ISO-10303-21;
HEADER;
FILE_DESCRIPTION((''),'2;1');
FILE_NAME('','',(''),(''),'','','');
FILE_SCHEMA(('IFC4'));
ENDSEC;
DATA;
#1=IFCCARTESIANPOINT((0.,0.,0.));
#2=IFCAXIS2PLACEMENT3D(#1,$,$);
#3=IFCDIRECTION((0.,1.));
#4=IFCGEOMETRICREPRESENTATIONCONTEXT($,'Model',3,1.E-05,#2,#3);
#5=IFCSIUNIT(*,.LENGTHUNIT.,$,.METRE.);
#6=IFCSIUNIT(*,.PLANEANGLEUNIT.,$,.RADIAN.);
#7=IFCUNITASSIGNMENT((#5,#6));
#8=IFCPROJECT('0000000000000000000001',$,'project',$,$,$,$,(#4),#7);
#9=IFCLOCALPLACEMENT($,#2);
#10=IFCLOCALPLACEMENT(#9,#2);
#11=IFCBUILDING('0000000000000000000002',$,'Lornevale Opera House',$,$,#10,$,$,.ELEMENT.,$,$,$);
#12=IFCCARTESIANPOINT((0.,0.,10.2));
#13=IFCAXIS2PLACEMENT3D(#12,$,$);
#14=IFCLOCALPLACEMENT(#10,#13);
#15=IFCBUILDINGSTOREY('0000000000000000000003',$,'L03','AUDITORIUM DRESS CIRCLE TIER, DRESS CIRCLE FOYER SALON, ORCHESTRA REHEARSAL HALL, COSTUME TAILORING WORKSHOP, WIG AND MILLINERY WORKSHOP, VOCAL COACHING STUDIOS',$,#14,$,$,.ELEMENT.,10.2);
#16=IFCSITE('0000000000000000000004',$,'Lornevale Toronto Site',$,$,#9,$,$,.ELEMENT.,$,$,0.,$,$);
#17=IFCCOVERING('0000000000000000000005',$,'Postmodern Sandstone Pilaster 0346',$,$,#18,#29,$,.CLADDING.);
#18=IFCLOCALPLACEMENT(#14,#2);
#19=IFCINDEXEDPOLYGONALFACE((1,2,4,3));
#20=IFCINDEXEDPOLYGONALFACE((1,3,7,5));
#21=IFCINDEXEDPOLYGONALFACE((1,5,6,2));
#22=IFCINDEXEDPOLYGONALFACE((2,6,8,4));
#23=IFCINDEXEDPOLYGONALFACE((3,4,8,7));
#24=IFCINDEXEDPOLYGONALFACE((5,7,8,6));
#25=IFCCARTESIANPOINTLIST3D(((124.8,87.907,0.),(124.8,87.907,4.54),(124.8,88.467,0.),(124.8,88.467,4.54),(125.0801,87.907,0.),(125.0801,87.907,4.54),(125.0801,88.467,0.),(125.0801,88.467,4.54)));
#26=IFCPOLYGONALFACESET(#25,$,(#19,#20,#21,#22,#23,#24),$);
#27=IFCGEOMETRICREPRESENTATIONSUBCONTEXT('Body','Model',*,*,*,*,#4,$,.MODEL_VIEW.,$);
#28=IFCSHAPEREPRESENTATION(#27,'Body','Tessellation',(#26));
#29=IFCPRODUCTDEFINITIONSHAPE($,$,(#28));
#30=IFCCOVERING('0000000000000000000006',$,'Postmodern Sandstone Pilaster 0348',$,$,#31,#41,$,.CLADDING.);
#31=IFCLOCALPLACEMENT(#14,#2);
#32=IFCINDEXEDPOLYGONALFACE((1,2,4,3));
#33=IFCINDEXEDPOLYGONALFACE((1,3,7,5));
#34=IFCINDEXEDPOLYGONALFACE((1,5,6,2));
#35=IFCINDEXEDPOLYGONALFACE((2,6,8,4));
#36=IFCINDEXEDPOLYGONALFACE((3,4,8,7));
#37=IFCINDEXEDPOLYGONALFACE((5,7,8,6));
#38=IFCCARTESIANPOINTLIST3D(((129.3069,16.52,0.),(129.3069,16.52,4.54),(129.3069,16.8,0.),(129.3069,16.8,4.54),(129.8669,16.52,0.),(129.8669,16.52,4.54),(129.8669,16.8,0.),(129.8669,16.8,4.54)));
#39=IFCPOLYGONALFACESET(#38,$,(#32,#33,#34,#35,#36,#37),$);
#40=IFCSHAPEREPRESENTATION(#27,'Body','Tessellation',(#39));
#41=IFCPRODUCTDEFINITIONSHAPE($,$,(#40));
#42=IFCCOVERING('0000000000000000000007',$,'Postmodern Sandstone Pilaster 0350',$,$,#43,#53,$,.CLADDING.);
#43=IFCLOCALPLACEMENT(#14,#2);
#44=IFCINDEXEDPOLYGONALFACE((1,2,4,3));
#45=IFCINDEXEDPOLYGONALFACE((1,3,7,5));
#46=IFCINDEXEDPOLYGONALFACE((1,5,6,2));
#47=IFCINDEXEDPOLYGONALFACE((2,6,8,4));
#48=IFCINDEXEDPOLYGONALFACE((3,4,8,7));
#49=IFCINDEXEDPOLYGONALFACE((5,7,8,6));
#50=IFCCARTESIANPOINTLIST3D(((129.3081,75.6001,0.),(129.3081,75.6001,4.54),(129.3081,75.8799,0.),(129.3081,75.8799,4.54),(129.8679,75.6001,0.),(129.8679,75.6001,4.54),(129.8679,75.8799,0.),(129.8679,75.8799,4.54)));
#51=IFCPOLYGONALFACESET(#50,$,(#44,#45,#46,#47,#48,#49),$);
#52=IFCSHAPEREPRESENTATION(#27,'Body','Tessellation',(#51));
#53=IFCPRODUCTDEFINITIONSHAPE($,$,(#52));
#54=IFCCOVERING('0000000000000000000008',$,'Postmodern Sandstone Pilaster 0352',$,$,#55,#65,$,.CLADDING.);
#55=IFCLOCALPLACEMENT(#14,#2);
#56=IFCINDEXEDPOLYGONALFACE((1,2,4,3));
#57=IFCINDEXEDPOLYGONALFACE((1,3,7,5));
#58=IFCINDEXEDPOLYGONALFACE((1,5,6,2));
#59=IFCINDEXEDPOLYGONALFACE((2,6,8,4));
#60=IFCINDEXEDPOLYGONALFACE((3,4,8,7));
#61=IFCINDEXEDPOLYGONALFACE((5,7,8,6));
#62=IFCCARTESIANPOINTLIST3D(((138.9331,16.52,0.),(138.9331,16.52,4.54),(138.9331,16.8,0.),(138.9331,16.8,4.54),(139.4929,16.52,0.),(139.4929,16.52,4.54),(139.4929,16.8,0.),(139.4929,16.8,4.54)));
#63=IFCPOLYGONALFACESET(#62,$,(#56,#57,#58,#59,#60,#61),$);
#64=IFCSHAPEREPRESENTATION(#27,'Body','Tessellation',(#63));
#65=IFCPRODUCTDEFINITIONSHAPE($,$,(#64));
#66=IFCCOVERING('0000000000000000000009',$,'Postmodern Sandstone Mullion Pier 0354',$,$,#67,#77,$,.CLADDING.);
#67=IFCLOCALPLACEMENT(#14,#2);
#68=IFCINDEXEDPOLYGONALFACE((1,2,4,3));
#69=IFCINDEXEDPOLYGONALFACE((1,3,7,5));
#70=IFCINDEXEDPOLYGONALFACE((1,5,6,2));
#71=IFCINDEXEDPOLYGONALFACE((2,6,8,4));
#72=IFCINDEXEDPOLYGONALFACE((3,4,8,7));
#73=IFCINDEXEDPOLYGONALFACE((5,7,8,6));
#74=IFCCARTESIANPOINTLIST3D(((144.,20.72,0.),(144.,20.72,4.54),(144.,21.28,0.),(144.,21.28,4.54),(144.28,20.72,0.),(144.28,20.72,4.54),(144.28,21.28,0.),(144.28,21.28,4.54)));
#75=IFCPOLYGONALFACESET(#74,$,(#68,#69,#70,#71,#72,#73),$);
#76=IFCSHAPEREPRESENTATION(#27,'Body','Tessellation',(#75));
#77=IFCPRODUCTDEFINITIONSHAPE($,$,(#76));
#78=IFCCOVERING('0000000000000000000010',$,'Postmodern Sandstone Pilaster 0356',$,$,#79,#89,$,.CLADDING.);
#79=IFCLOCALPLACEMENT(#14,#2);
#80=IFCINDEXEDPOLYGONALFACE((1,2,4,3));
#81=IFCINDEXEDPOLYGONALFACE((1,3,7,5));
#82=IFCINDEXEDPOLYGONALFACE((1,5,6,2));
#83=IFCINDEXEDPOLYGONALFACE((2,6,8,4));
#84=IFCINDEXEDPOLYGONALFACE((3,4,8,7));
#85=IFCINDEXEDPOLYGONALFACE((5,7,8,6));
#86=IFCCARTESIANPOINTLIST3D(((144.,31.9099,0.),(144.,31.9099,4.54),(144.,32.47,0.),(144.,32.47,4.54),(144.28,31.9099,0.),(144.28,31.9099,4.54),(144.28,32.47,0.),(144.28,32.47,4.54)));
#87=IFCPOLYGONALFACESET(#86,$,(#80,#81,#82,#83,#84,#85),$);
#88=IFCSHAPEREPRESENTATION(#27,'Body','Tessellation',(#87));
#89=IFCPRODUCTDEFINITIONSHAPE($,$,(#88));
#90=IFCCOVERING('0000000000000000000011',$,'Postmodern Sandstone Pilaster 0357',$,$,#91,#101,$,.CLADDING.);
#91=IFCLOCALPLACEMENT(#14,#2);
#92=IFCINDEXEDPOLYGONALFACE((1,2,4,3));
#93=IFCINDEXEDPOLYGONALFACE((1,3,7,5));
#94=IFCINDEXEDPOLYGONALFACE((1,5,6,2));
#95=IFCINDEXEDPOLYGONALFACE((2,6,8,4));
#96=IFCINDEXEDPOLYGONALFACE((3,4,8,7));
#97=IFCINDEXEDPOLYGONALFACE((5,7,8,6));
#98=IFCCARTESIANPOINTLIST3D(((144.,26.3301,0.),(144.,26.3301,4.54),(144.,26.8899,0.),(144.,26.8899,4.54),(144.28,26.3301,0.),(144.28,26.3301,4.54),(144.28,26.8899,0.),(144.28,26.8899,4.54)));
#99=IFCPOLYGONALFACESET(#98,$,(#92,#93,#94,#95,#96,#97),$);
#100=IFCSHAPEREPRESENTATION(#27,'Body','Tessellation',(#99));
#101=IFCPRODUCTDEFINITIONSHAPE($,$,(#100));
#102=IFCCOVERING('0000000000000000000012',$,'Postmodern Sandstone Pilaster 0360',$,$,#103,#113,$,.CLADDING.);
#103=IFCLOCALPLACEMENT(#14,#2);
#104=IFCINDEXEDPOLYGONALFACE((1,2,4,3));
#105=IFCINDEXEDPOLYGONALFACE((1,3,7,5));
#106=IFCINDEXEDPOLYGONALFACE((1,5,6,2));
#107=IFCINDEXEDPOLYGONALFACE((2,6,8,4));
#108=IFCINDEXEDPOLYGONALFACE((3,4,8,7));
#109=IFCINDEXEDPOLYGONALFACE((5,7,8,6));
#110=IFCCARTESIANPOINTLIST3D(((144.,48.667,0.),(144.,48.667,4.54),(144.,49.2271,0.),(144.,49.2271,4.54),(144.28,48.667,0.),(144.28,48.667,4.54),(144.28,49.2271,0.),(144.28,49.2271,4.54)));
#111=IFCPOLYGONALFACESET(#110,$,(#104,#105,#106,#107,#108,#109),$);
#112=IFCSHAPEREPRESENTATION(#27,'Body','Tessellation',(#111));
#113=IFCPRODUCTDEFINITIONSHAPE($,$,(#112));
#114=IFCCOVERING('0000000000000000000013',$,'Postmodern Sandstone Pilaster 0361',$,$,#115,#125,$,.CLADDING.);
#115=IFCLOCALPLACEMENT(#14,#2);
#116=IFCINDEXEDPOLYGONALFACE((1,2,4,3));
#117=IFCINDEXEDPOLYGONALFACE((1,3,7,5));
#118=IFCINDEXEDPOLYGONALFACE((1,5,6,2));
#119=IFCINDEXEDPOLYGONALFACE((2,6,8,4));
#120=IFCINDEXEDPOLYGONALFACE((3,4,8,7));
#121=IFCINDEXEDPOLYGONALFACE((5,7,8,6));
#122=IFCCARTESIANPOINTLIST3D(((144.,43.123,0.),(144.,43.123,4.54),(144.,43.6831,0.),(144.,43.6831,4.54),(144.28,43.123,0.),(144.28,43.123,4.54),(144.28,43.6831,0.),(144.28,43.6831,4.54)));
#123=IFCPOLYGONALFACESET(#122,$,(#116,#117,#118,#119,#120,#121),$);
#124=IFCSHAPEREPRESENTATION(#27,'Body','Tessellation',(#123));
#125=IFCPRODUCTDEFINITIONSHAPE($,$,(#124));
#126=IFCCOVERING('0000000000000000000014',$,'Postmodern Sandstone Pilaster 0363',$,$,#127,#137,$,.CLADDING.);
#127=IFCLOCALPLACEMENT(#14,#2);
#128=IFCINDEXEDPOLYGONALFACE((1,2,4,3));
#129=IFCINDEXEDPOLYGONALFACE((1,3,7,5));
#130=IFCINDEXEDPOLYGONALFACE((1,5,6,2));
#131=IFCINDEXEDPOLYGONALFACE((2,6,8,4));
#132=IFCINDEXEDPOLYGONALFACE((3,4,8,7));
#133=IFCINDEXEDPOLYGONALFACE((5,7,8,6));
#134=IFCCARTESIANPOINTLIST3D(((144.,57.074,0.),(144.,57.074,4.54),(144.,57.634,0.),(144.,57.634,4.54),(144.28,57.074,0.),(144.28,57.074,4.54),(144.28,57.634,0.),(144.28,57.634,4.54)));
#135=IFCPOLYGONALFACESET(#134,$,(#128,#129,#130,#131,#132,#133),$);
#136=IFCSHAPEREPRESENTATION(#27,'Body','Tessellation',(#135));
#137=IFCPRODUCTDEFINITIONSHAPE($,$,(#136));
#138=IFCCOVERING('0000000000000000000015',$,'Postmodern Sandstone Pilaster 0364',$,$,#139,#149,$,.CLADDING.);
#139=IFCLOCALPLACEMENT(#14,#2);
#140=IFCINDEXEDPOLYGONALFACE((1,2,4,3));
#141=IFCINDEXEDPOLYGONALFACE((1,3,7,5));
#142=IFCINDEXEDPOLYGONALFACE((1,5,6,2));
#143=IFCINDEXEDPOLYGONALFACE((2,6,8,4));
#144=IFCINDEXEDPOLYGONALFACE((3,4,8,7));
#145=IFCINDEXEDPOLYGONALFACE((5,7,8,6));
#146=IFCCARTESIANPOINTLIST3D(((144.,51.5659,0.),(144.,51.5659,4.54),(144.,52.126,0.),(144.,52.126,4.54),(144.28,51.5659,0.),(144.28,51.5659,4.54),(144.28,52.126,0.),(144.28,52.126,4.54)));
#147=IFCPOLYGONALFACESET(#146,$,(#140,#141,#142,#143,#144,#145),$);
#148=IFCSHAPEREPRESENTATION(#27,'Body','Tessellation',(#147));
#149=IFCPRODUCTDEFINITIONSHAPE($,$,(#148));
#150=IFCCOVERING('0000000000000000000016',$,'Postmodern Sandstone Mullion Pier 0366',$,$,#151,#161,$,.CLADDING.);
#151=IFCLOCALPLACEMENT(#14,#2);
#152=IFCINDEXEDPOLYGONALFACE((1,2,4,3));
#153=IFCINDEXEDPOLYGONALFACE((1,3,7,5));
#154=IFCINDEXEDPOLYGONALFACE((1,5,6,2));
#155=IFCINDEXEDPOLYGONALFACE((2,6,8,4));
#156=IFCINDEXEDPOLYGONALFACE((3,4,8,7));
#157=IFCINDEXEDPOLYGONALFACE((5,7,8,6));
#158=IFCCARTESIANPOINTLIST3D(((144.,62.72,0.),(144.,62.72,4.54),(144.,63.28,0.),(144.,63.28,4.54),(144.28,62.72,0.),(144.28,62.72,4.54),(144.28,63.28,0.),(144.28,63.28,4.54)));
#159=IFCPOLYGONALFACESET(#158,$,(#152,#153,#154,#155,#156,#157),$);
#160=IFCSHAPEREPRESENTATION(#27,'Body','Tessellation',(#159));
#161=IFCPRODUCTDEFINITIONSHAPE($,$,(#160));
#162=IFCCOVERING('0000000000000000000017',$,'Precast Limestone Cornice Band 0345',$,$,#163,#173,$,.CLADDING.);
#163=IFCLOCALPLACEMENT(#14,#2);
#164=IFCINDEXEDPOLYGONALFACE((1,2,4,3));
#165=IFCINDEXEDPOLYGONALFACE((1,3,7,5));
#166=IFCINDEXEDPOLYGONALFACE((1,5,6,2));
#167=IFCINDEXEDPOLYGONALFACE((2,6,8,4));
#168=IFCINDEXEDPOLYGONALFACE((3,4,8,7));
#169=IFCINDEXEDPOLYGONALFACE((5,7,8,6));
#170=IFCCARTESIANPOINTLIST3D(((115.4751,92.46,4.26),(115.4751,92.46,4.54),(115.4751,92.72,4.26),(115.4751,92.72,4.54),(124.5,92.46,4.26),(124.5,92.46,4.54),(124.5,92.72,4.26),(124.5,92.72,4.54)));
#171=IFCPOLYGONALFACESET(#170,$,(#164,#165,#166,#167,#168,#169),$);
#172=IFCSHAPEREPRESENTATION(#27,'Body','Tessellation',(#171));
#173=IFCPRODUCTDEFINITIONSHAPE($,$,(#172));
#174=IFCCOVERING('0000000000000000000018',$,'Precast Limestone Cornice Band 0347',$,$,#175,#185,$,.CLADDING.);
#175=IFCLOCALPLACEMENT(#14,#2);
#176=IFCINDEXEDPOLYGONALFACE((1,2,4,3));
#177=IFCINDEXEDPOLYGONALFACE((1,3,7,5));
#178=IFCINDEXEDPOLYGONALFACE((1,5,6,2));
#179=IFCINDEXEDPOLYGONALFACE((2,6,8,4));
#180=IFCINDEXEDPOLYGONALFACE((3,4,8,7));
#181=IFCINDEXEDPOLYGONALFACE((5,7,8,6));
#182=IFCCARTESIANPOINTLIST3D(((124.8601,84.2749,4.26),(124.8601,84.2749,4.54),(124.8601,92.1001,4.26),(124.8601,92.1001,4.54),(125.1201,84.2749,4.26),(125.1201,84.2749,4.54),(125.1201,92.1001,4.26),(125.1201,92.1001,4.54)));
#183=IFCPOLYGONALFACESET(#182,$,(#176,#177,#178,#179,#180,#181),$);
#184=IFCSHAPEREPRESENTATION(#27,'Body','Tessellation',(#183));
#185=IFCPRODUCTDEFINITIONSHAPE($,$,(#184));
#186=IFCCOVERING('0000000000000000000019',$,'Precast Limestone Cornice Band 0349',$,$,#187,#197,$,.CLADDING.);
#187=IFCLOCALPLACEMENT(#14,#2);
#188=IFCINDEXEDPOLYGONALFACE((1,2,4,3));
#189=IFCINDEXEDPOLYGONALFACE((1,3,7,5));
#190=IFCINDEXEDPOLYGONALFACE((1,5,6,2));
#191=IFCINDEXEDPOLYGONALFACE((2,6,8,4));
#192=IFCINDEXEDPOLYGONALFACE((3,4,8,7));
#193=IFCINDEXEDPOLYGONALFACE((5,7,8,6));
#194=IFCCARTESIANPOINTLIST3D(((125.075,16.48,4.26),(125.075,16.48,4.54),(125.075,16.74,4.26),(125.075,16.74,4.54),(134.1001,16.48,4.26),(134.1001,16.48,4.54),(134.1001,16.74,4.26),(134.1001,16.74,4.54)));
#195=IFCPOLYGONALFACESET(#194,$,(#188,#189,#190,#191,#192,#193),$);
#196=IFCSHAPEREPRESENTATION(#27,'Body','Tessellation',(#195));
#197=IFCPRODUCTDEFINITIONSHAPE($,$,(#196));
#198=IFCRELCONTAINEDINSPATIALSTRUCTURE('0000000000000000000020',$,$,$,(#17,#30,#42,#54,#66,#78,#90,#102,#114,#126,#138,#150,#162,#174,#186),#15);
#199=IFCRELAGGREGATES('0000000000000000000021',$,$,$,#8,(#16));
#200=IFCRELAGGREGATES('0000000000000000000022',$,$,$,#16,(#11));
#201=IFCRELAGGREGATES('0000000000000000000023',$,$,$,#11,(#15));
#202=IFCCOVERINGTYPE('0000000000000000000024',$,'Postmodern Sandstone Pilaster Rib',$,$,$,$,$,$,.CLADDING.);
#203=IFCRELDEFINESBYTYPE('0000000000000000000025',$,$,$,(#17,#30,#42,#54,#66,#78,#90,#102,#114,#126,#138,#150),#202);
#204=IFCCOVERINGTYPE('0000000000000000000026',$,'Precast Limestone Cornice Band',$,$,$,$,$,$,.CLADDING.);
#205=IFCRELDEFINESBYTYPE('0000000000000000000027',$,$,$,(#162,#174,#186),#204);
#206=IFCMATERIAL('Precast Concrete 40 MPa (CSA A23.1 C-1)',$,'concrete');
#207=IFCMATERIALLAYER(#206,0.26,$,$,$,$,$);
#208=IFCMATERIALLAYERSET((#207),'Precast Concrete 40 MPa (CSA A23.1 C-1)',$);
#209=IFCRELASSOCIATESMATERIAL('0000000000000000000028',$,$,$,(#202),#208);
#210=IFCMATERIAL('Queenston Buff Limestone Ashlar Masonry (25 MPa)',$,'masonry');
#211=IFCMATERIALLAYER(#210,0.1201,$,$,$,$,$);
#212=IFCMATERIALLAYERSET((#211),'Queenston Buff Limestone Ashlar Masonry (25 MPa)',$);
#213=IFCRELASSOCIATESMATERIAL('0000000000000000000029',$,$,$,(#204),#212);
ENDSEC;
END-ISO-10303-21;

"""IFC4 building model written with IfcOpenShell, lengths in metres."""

from ifc_helpers import new_model, si_unit, direction, frame, origin, place, context, subcontext, project, spatial, polyline, outline, extrude, material, layer, layer_set, type_object, element, save


model = new_model("IFC4")

# Units and contexts
model_context = context("Model", 3, precision=1e-05, world=origin(), true_north=direction((0.0, 1.0)))
body_context = subcontext(model_context, "Body", "Model", "MODEL_VIEW")
ifc_project = project(units=[si_unit("LENGTHUNIT", "METRE"), si_unit("PLANEANGLEUNIT", "RADIAN")], contexts=[model_context])

# Site, building, storey
site_placement = place(None, origin())
site = spatial("IfcSite", under=ifc_project, at=site_placement, Name="Lornevale Toronto Site", CompositionType="ELEMENT", RefElevation=0.0)
building_placement = place(site_placement, origin())
building = spatial("IfcBuilding", under=site, at=building_placement, Name="Lornevale Opera House", CompositionType="ELEMENT")
storey_placement = place(building_placement, frame((0.0, 0.0, 10.2)))
storey = spatial("IfcBuildingStorey", under=building, at=storey_placement, Name="L03", Description="AUDITORIUM DRESS CIRCLE TIER, DRESS CIRCLE FOYER SALON, ORCHESTRA REHEARSAL HALL, COSTUME TAILORING WORKSHOP, WIG AND MILLINERY WORKSHOP, VOCAL COACHING STUDIOS", CompositionType="ELEMENT", Elevation=10.2)

# Coverings
ifc_material_1 = material(Name="Precast Concrete 40 MPa (CSA A23.1 C-1)", Category="concrete")
ifc_layer_1 = layer(ifc_material_1, 0.26)
ifc_layer_set_1 = layer_set([ifc_layer_1], Name="Precast Concrete 40 MPa (CSA A23.1 C-1)")
covering_type_1 = type_object("IfcCoveringType", Name="Postmodern Sandstone Pilaster Rib", PredefinedType="CLADDING", material=ifc_layer_set_1)
covering_1_placement = place(storey_placement, origin())
element("IfcCovering", 1, at=covering_1_placement, inside=storey, type_object=covering_type_1, Name="Postmodern Sandstone Pilaster 0346", PredefinedType="CLADDING", context=body_context, shape_type="SweptSolid", body=[
    extrude(outline(polyline([(124.8, 88.467), (124.8, 87.907), (125.0801, 87.907), (125.0801, 88.467), (124.8, 88.467)])), origin(), (0.0, 0.0, 1.0), 4.54),
])
covering_2_placement = place(storey_placement, origin())
element("IfcCovering", 2, at=covering_2_placement, inside=storey, type_object=covering_type_1, Name="Postmodern Sandstone Pilaster 0348", PredefinedType="CLADDING", context=body_context, shape_type="SweptSolid", body=[
    extrude(outline(polyline([(129.8669, 16.8), (129.3069, 16.8), (129.3069, 16.52), (129.8669, 16.52), (129.8669, 16.8)])), origin(), (0.0, 0.0, 1.0), 4.54),
])
covering_3_placement = place(storey_placement, origin())
element("IfcCovering", 3, at=covering_3_placement, inside=storey, type_object=covering_type_1, Name="Postmodern Sandstone Pilaster 0350", PredefinedType="CLADDING", context=body_context, shape_type="SweptSolid", body=[
    extrude(outline(polyline([(129.3081, 75.6001), (129.8679, 75.6001), (129.8679, 75.8799), (129.3081, 75.8799), (129.3081, 75.6001)])), origin(), (0.0, 0.0, 1.0), 4.54),
])
covering_4_placement = place(storey_placement, origin())
element("IfcCovering", 4, at=covering_4_placement, inside=storey, type_object=covering_type_1, Name="Postmodern Sandstone Pilaster 0352", PredefinedType="CLADDING", context=body_context, shape_type="SweptSolid", body=[
    extrude(outline(polyline([(139.4929, 16.8), (138.9331, 16.8), (138.9331, 16.52), (139.4929, 16.52), (139.4929, 16.8)])), origin(), (0.0, 0.0, 1.0), 4.54),
])
covering_5_placement = place(storey_placement, origin())
element("IfcCovering", 5, at=covering_5_placement, inside=storey, type_object=covering_type_1, Name="Postmodern Sandstone Mullion Pier 0354", PredefinedType="CLADDING", context=body_context, shape_type="SweptSolid", body=[
    extrude(outline(polyline([(144.0, 21.28), (144.0, 20.72), (144.28, 20.72), (144.28, 21.28), (144.0, 21.28)])), origin(), (0.0, 0.0, 1.0), 4.54),
])
covering_6_placement = place(storey_placement, origin())
element("IfcCovering", 6, at=covering_6_placement, inside=storey, type_object=covering_type_1, Name="Postmodern Sandstone Pilaster 0356", PredefinedType="CLADDING", context=body_context, shape_type="SweptSolid", body=[
    extrude(outline(polyline([(144.0, 32.47), (144.0, 31.9099), (144.28, 31.9099), (144.28, 32.47), (144.0, 32.47)])), origin(), (0.0, 0.0, 1.0), 4.54),
])
covering_7_placement = place(storey_placement, origin())
element("IfcCovering", 7, at=covering_7_placement, inside=storey, type_object=covering_type_1, Name="Postmodern Sandstone Pilaster 0357", PredefinedType="CLADDING", context=body_context, shape_type="SweptSolid", body=[
    extrude(outline(polyline([(144.0, 26.8899), (144.0, 26.3301), (144.28, 26.3301), (144.28, 26.8899), (144.0, 26.8899)])), origin(), (0.0, 0.0, 1.0), 4.54),
])
covering_8_placement = place(storey_placement, origin())
element("IfcCovering", 8, at=covering_8_placement, inside=storey, type_object=covering_type_1, Name="Postmodern Sandstone Pilaster 0360", PredefinedType="CLADDING", context=body_context, shape_type="SweptSolid", body=[
    extrude(outline(polyline([(144.0, 49.2271), (144.0, 48.667), (144.28, 48.667), (144.28, 49.2271), (144.0, 49.2271)])), origin(), (0.0, 0.0, 1.0), 4.54),
])
covering_9_placement = place(storey_placement, origin())
element("IfcCovering", 9, at=covering_9_placement, inside=storey, type_object=covering_type_1, Name="Postmodern Sandstone Pilaster 0361", PredefinedType="CLADDING", context=body_context, shape_type="SweptSolid", body=[
    extrude(outline(polyline([(144.0, 43.6831), (144.0, 43.123), (144.28, 43.123), (144.28, 43.6831), (144.0, 43.6831)])), origin(), (0.0, 0.0, 1.0), 4.54),
])
covering_10_placement = place(storey_placement, origin())
element("IfcCovering", 10, at=covering_10_placement, inside=storey, type_object=covering_type_1, Name="Postmodern Sandstone Pilaster 0363", PredefinedType="CLADDING", context=body_context, shape_type="SweptSolid", body=[
    extrude(outline(polyline([(144.0, 57.634), (144.0, 57.074), (144.28, 57.074), (144.28, 57.634), (144.0, 57.634)])), origin(), (0.0, 0.0, 1.0), 4.54),
])
covering_11_placement = place(storey_placement, origin())
element("IfcCovering", 11, at=covering_11_placement, inside=storey, type_object=covering_type_1, Name="Postmodern Sandstone Pilaster 0364", PredefinedType="CLADDING", context=body_context, shape_type="SweptSolid", body=[
    extrude(outline(polyline([(144.0, 52.126), (144.0, 51.5659), (144.28, 51.5659), (144.28, 52.126), (144.0, 52.126)])), origin(), (0.0, 0.0, 1.0), 4.54),
])
covering_12_placement = place(storey_placement, origin())
element("IfcCovering", 12, at=covering_12_placement, inside=storey, type_object=covering_type_1, Name="Postmodern Sandstone Mullion Pier 0366", PredefinedType="CLADDING", context=body_context, shape_type="SweptSolid", body=[
    extrude(outline(polyline([(144.0, 63.28), (144.0, 62.72), (144.28, 62.72), (144.28, 63.28), (144.0, 63.28)])), origin(), (0.0, 0.0, 1.0), 4.54),
])
ifc_material_2 = material(Name="Queenston Buff Limestone Ashlar Masonry (25 MPa)", Category="masonry")
ifc_layer_2 = layer(ifc_material_2, 0.1201)
ifc_layer_set_2 = layer_set([ifc_layer_2], Name="Queenston Buff Limestone Ashlar Masonry (25 MPa)")
covering_type_2 = type_object("IfcCoveringType", Name="Precast Limestone Cornice Band", PredefinedType="CLADDING", material=ifc_layer_set_2)
covering_13_placement = place(storey_placement, frame((0.0, 0.0, 4.26)))
element("IfcCovering", 13, at=covering_13_placement, inside=storey, type_object=covering_type_2, Name="Precast Limestone Cornice Band 0345", PredefinedType="CLADDING", context=body_context, shape_type="SweptSolid", body=[
    extrude(outline(polyline([(115.4751, 92.46), (124.5, 92.46), (124.5, 92.72), (115.4751, 92.72), (115.4751, 92.46)])), origin(), (0.0, 0.0, 1.0), 0.28),
])
covering_14_placement = place(storey_placement, frame((0.0, 0.0, 4.26)))
element("IfcCovering", 14, at=covering_14_placement, inside=storey, type_object=covering_type_2, Name="Precast Limestone Cornice Band 0347", PredefinedType="CLADDING", context=body_context, shape_type="SweptSolid", body=[
    extrude(outline(polyline([(124.8601, 92.1001), (124.8601, 84.2749), (125.1201, 84.2749), (125.1201, 92.1001), (124.8601, 92.1001)])), origin(), (0.0, 0.0, 1.0), 0.28),
])
covering_15_placement = place(storey_placement, frame((0.0, 0.0, 4.26)))
element("IfcCovering", 15, at=covering_15_placement, inside=storey, type_object=covering_type_2, Name="Precast Limestone Cornice Band 0349", PredefinedType="CLADDING", context=body_context, shape_type="SweptSolid", body=[
    extrude(outline(polyline([(134.1001, 16.74), (125.075, 16.74), (125.075, 16.48), (134.1001, 16.48), (134.1001, 16.74)])), origin(), (0.0, 0.0, 1.0), 0.28),
])

save(model, "model.ifc")
